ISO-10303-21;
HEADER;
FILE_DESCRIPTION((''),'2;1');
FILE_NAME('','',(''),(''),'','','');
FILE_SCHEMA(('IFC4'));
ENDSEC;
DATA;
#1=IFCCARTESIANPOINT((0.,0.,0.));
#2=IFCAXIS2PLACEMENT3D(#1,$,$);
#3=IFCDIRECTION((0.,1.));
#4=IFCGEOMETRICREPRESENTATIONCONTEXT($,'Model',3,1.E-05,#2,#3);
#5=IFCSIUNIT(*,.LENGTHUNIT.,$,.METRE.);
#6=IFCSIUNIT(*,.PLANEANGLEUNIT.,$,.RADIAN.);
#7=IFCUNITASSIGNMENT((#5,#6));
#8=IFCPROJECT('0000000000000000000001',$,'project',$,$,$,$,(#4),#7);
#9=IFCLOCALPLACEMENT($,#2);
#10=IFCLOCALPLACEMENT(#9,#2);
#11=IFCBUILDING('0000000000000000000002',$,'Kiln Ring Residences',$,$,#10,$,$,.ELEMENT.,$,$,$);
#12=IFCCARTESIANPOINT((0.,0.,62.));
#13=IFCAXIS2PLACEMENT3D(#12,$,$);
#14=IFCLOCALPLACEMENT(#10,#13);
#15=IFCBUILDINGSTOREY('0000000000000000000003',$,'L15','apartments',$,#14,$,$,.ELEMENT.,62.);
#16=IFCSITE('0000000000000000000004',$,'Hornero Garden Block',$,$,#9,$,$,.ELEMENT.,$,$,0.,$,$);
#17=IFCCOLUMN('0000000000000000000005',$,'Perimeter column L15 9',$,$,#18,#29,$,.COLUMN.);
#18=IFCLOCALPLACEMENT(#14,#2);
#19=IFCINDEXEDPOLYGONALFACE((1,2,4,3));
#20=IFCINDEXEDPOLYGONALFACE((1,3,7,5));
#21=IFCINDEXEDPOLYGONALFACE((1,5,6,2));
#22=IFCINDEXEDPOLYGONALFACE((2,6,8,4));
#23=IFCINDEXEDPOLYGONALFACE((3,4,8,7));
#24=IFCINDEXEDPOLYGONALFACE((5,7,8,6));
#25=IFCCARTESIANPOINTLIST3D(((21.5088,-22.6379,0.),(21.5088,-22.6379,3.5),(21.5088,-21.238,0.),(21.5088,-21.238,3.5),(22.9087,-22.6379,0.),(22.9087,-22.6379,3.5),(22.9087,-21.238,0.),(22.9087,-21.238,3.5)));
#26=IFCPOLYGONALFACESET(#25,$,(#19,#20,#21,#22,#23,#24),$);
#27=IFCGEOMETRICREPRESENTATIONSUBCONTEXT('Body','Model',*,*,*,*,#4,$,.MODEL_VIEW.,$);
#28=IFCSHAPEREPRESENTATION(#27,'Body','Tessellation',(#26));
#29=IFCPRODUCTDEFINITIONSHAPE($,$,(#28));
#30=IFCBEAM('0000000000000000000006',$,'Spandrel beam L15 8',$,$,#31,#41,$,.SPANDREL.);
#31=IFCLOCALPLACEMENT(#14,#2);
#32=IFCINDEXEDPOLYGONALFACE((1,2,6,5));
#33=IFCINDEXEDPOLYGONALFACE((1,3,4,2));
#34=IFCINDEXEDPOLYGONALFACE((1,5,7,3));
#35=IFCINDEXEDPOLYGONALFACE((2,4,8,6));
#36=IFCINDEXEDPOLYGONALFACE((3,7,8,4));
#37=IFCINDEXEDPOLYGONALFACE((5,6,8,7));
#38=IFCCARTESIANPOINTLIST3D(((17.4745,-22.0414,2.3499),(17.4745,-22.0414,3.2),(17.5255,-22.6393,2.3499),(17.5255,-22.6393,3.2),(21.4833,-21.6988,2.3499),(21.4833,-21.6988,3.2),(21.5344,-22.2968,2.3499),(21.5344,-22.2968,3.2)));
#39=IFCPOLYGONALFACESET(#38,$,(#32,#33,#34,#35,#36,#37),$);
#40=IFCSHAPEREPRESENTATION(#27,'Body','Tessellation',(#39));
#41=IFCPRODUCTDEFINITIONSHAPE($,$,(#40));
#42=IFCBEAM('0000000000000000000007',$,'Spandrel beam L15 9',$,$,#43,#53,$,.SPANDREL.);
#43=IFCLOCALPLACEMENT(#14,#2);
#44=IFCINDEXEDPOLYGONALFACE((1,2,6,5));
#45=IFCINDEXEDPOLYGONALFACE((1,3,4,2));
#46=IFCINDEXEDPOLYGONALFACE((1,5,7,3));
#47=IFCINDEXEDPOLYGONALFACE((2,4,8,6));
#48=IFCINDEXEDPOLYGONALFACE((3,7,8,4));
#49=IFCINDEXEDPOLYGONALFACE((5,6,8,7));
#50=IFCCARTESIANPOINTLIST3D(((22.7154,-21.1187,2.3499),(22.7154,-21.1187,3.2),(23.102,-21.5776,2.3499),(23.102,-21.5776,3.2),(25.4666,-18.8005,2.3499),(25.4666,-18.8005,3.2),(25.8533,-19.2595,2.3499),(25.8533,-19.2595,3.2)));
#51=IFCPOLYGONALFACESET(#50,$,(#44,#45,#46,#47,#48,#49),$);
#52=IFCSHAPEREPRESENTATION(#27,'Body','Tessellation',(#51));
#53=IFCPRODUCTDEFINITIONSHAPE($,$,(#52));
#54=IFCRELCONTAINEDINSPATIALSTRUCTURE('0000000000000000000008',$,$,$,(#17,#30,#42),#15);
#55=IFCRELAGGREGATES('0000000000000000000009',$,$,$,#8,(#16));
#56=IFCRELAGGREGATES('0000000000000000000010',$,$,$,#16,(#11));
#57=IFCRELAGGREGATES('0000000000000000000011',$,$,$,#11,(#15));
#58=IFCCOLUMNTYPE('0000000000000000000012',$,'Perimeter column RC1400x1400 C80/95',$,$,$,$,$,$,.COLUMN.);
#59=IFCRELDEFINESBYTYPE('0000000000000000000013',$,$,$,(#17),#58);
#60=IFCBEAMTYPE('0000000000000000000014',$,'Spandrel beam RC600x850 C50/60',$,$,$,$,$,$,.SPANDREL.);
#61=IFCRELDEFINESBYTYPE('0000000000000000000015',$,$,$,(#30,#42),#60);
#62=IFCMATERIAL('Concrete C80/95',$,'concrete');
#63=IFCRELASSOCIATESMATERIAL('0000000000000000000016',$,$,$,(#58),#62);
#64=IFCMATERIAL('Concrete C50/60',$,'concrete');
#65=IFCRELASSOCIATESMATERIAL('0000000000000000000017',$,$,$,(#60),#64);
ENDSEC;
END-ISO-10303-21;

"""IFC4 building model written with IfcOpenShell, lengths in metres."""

from ifc_helpers import new_model, si_unit, direction, frame, origin, origin_2d, place, context, subcontext, project, spatial, rectangle, extrude, material, material_profile, profile_set, type_object, element, save


model = new_model("IFC4")

# Units and contexts
model_context = context("Model", 3, precision=1e-05, world=origin(), true_north=direction((0.0, 1.0)))
body_context = subcontext(model_context, "Body", "Model", "MODEL_VIEW")
ifc_project = project(units=[si_unit("LENGTHUNIT", "METRE"), si_unit("PLANEANGLEUNIT", "RADIAN")], contexts=[model_context])

# Site, building, storey
site_placement = place(None, origin())
site = spatial("IfcSite", under=ifc_project, at=site_placement, Name="Hornero Garden Block", CompositionType="ELEMENT", RefElevation=0.0)
building_placement = place(site_placement, origin())
building = spatial("IfcBuilding", under=site, at=building_placement, Name="Kiln Ring Residences", CompositionType="ELEMENT")
storey_placement = place(building_placement, frame((0.0, 0.0, 62.0)))
storey = spatial("IfcBuildingStorey", under=building, at=storey_placement, Name="L15", Description="apartments", CompositionType="ELEMENT", Elevation=62.0)

# Column
ifc_material_1 = material(Name="Concrete C80/95", Category="concrete")
ifc_material_profile_1 = material_profile(ifc_material_1, rectangle(XDim=1.3999, YDim=1.3999, at=origin_2d()), Name="RC1400x1400")
ifc_profile_set_1 = profile_set([ifc_material_profile_1], Name="Concrete C80/95")
column_type = type_object("IfcColumnType", Name="Perimeter column RC1400x1400 C80/95", PredefinedType="COLUMN", material=ifc_profile_set_1)
column_placement = place(storey_placement, frame((22.2087, -21.938, 0.0), z_axis=(0.0, 0.0, 1.0), x_axis=(1.0, 0.0, 0.0)))
element("IfcColumn", 1, at=column_placement, inside=storey, type_object=column_type, Name="Perimeter column L15 9", PredefinedType="COLUMN", context=body_context, shape_type="SweptSolid", body=[
    extrude(rectangle(XDim=1.3999, YDim=1.3999, at=origin_2d()), origin(), (0.0, 0.0, 1.0), 3.5),
])

# Beams
ifc_material_2 = material(Name="Concrete C50/60", Category="concrete")
ifc_material_profile_2 = material_profile(ifc_material_2, rectangle(XDim=0.6001, YDim=0.8501, at=origin_2d()), Name="RC600x850")
ifc_profile_set_2 = profile_set([ifc_material_profile_2], Name="Concrete C50/60")
beam_type = type_object("IfcBeamType", Name="Spandrel beam RC600x850 C50/60", PredefinedType="SPANDREL", material=ifc_profile_set_2)
beam_1_placement = place(storey_placement, frame((17.5, -22.3403, 2.7749), z_axis=(0.996369, 0.085134, 0.0), x_axis=(-0.085134, 0.996369, 0.0)))
element("IfcBeam", 2, at=beam_1_placement, inside=storey, type_object=beam_type, Name="Spandrel beam L15 8", PredefinedType="SPANDREL", context=body_context, shape_type="SweptSolid", body=[
    extrude(rectangle(XDim=0.6001, YDim=0.8501, at=origin_2d()), origin(), (0.0, 0.0, 1.0), 4.0234),
])
beam_2_placement = place(storey_placement, frame((22.9087, -21.3481, 2.7749), z_axis=(0.764733, 0.644347, 0.0), x_axis=(-0.644347, 0.764733, 0.0)))
element("IfcBeam", 3, at=beam_2_placement, inside=storey, type_object=beam_type, Name="Spandrel beam L15 9", PredefinedType="SPANDREL", context=body_context, shape_type="SweptSolid", body=[
    extrude(rectangle(XDim=0.6001, YDim=0.8501, at=origin_2d()), origin(), (0.0, 0.0, 1.0), 3.5977),
])

save(model, "model.ifc")
